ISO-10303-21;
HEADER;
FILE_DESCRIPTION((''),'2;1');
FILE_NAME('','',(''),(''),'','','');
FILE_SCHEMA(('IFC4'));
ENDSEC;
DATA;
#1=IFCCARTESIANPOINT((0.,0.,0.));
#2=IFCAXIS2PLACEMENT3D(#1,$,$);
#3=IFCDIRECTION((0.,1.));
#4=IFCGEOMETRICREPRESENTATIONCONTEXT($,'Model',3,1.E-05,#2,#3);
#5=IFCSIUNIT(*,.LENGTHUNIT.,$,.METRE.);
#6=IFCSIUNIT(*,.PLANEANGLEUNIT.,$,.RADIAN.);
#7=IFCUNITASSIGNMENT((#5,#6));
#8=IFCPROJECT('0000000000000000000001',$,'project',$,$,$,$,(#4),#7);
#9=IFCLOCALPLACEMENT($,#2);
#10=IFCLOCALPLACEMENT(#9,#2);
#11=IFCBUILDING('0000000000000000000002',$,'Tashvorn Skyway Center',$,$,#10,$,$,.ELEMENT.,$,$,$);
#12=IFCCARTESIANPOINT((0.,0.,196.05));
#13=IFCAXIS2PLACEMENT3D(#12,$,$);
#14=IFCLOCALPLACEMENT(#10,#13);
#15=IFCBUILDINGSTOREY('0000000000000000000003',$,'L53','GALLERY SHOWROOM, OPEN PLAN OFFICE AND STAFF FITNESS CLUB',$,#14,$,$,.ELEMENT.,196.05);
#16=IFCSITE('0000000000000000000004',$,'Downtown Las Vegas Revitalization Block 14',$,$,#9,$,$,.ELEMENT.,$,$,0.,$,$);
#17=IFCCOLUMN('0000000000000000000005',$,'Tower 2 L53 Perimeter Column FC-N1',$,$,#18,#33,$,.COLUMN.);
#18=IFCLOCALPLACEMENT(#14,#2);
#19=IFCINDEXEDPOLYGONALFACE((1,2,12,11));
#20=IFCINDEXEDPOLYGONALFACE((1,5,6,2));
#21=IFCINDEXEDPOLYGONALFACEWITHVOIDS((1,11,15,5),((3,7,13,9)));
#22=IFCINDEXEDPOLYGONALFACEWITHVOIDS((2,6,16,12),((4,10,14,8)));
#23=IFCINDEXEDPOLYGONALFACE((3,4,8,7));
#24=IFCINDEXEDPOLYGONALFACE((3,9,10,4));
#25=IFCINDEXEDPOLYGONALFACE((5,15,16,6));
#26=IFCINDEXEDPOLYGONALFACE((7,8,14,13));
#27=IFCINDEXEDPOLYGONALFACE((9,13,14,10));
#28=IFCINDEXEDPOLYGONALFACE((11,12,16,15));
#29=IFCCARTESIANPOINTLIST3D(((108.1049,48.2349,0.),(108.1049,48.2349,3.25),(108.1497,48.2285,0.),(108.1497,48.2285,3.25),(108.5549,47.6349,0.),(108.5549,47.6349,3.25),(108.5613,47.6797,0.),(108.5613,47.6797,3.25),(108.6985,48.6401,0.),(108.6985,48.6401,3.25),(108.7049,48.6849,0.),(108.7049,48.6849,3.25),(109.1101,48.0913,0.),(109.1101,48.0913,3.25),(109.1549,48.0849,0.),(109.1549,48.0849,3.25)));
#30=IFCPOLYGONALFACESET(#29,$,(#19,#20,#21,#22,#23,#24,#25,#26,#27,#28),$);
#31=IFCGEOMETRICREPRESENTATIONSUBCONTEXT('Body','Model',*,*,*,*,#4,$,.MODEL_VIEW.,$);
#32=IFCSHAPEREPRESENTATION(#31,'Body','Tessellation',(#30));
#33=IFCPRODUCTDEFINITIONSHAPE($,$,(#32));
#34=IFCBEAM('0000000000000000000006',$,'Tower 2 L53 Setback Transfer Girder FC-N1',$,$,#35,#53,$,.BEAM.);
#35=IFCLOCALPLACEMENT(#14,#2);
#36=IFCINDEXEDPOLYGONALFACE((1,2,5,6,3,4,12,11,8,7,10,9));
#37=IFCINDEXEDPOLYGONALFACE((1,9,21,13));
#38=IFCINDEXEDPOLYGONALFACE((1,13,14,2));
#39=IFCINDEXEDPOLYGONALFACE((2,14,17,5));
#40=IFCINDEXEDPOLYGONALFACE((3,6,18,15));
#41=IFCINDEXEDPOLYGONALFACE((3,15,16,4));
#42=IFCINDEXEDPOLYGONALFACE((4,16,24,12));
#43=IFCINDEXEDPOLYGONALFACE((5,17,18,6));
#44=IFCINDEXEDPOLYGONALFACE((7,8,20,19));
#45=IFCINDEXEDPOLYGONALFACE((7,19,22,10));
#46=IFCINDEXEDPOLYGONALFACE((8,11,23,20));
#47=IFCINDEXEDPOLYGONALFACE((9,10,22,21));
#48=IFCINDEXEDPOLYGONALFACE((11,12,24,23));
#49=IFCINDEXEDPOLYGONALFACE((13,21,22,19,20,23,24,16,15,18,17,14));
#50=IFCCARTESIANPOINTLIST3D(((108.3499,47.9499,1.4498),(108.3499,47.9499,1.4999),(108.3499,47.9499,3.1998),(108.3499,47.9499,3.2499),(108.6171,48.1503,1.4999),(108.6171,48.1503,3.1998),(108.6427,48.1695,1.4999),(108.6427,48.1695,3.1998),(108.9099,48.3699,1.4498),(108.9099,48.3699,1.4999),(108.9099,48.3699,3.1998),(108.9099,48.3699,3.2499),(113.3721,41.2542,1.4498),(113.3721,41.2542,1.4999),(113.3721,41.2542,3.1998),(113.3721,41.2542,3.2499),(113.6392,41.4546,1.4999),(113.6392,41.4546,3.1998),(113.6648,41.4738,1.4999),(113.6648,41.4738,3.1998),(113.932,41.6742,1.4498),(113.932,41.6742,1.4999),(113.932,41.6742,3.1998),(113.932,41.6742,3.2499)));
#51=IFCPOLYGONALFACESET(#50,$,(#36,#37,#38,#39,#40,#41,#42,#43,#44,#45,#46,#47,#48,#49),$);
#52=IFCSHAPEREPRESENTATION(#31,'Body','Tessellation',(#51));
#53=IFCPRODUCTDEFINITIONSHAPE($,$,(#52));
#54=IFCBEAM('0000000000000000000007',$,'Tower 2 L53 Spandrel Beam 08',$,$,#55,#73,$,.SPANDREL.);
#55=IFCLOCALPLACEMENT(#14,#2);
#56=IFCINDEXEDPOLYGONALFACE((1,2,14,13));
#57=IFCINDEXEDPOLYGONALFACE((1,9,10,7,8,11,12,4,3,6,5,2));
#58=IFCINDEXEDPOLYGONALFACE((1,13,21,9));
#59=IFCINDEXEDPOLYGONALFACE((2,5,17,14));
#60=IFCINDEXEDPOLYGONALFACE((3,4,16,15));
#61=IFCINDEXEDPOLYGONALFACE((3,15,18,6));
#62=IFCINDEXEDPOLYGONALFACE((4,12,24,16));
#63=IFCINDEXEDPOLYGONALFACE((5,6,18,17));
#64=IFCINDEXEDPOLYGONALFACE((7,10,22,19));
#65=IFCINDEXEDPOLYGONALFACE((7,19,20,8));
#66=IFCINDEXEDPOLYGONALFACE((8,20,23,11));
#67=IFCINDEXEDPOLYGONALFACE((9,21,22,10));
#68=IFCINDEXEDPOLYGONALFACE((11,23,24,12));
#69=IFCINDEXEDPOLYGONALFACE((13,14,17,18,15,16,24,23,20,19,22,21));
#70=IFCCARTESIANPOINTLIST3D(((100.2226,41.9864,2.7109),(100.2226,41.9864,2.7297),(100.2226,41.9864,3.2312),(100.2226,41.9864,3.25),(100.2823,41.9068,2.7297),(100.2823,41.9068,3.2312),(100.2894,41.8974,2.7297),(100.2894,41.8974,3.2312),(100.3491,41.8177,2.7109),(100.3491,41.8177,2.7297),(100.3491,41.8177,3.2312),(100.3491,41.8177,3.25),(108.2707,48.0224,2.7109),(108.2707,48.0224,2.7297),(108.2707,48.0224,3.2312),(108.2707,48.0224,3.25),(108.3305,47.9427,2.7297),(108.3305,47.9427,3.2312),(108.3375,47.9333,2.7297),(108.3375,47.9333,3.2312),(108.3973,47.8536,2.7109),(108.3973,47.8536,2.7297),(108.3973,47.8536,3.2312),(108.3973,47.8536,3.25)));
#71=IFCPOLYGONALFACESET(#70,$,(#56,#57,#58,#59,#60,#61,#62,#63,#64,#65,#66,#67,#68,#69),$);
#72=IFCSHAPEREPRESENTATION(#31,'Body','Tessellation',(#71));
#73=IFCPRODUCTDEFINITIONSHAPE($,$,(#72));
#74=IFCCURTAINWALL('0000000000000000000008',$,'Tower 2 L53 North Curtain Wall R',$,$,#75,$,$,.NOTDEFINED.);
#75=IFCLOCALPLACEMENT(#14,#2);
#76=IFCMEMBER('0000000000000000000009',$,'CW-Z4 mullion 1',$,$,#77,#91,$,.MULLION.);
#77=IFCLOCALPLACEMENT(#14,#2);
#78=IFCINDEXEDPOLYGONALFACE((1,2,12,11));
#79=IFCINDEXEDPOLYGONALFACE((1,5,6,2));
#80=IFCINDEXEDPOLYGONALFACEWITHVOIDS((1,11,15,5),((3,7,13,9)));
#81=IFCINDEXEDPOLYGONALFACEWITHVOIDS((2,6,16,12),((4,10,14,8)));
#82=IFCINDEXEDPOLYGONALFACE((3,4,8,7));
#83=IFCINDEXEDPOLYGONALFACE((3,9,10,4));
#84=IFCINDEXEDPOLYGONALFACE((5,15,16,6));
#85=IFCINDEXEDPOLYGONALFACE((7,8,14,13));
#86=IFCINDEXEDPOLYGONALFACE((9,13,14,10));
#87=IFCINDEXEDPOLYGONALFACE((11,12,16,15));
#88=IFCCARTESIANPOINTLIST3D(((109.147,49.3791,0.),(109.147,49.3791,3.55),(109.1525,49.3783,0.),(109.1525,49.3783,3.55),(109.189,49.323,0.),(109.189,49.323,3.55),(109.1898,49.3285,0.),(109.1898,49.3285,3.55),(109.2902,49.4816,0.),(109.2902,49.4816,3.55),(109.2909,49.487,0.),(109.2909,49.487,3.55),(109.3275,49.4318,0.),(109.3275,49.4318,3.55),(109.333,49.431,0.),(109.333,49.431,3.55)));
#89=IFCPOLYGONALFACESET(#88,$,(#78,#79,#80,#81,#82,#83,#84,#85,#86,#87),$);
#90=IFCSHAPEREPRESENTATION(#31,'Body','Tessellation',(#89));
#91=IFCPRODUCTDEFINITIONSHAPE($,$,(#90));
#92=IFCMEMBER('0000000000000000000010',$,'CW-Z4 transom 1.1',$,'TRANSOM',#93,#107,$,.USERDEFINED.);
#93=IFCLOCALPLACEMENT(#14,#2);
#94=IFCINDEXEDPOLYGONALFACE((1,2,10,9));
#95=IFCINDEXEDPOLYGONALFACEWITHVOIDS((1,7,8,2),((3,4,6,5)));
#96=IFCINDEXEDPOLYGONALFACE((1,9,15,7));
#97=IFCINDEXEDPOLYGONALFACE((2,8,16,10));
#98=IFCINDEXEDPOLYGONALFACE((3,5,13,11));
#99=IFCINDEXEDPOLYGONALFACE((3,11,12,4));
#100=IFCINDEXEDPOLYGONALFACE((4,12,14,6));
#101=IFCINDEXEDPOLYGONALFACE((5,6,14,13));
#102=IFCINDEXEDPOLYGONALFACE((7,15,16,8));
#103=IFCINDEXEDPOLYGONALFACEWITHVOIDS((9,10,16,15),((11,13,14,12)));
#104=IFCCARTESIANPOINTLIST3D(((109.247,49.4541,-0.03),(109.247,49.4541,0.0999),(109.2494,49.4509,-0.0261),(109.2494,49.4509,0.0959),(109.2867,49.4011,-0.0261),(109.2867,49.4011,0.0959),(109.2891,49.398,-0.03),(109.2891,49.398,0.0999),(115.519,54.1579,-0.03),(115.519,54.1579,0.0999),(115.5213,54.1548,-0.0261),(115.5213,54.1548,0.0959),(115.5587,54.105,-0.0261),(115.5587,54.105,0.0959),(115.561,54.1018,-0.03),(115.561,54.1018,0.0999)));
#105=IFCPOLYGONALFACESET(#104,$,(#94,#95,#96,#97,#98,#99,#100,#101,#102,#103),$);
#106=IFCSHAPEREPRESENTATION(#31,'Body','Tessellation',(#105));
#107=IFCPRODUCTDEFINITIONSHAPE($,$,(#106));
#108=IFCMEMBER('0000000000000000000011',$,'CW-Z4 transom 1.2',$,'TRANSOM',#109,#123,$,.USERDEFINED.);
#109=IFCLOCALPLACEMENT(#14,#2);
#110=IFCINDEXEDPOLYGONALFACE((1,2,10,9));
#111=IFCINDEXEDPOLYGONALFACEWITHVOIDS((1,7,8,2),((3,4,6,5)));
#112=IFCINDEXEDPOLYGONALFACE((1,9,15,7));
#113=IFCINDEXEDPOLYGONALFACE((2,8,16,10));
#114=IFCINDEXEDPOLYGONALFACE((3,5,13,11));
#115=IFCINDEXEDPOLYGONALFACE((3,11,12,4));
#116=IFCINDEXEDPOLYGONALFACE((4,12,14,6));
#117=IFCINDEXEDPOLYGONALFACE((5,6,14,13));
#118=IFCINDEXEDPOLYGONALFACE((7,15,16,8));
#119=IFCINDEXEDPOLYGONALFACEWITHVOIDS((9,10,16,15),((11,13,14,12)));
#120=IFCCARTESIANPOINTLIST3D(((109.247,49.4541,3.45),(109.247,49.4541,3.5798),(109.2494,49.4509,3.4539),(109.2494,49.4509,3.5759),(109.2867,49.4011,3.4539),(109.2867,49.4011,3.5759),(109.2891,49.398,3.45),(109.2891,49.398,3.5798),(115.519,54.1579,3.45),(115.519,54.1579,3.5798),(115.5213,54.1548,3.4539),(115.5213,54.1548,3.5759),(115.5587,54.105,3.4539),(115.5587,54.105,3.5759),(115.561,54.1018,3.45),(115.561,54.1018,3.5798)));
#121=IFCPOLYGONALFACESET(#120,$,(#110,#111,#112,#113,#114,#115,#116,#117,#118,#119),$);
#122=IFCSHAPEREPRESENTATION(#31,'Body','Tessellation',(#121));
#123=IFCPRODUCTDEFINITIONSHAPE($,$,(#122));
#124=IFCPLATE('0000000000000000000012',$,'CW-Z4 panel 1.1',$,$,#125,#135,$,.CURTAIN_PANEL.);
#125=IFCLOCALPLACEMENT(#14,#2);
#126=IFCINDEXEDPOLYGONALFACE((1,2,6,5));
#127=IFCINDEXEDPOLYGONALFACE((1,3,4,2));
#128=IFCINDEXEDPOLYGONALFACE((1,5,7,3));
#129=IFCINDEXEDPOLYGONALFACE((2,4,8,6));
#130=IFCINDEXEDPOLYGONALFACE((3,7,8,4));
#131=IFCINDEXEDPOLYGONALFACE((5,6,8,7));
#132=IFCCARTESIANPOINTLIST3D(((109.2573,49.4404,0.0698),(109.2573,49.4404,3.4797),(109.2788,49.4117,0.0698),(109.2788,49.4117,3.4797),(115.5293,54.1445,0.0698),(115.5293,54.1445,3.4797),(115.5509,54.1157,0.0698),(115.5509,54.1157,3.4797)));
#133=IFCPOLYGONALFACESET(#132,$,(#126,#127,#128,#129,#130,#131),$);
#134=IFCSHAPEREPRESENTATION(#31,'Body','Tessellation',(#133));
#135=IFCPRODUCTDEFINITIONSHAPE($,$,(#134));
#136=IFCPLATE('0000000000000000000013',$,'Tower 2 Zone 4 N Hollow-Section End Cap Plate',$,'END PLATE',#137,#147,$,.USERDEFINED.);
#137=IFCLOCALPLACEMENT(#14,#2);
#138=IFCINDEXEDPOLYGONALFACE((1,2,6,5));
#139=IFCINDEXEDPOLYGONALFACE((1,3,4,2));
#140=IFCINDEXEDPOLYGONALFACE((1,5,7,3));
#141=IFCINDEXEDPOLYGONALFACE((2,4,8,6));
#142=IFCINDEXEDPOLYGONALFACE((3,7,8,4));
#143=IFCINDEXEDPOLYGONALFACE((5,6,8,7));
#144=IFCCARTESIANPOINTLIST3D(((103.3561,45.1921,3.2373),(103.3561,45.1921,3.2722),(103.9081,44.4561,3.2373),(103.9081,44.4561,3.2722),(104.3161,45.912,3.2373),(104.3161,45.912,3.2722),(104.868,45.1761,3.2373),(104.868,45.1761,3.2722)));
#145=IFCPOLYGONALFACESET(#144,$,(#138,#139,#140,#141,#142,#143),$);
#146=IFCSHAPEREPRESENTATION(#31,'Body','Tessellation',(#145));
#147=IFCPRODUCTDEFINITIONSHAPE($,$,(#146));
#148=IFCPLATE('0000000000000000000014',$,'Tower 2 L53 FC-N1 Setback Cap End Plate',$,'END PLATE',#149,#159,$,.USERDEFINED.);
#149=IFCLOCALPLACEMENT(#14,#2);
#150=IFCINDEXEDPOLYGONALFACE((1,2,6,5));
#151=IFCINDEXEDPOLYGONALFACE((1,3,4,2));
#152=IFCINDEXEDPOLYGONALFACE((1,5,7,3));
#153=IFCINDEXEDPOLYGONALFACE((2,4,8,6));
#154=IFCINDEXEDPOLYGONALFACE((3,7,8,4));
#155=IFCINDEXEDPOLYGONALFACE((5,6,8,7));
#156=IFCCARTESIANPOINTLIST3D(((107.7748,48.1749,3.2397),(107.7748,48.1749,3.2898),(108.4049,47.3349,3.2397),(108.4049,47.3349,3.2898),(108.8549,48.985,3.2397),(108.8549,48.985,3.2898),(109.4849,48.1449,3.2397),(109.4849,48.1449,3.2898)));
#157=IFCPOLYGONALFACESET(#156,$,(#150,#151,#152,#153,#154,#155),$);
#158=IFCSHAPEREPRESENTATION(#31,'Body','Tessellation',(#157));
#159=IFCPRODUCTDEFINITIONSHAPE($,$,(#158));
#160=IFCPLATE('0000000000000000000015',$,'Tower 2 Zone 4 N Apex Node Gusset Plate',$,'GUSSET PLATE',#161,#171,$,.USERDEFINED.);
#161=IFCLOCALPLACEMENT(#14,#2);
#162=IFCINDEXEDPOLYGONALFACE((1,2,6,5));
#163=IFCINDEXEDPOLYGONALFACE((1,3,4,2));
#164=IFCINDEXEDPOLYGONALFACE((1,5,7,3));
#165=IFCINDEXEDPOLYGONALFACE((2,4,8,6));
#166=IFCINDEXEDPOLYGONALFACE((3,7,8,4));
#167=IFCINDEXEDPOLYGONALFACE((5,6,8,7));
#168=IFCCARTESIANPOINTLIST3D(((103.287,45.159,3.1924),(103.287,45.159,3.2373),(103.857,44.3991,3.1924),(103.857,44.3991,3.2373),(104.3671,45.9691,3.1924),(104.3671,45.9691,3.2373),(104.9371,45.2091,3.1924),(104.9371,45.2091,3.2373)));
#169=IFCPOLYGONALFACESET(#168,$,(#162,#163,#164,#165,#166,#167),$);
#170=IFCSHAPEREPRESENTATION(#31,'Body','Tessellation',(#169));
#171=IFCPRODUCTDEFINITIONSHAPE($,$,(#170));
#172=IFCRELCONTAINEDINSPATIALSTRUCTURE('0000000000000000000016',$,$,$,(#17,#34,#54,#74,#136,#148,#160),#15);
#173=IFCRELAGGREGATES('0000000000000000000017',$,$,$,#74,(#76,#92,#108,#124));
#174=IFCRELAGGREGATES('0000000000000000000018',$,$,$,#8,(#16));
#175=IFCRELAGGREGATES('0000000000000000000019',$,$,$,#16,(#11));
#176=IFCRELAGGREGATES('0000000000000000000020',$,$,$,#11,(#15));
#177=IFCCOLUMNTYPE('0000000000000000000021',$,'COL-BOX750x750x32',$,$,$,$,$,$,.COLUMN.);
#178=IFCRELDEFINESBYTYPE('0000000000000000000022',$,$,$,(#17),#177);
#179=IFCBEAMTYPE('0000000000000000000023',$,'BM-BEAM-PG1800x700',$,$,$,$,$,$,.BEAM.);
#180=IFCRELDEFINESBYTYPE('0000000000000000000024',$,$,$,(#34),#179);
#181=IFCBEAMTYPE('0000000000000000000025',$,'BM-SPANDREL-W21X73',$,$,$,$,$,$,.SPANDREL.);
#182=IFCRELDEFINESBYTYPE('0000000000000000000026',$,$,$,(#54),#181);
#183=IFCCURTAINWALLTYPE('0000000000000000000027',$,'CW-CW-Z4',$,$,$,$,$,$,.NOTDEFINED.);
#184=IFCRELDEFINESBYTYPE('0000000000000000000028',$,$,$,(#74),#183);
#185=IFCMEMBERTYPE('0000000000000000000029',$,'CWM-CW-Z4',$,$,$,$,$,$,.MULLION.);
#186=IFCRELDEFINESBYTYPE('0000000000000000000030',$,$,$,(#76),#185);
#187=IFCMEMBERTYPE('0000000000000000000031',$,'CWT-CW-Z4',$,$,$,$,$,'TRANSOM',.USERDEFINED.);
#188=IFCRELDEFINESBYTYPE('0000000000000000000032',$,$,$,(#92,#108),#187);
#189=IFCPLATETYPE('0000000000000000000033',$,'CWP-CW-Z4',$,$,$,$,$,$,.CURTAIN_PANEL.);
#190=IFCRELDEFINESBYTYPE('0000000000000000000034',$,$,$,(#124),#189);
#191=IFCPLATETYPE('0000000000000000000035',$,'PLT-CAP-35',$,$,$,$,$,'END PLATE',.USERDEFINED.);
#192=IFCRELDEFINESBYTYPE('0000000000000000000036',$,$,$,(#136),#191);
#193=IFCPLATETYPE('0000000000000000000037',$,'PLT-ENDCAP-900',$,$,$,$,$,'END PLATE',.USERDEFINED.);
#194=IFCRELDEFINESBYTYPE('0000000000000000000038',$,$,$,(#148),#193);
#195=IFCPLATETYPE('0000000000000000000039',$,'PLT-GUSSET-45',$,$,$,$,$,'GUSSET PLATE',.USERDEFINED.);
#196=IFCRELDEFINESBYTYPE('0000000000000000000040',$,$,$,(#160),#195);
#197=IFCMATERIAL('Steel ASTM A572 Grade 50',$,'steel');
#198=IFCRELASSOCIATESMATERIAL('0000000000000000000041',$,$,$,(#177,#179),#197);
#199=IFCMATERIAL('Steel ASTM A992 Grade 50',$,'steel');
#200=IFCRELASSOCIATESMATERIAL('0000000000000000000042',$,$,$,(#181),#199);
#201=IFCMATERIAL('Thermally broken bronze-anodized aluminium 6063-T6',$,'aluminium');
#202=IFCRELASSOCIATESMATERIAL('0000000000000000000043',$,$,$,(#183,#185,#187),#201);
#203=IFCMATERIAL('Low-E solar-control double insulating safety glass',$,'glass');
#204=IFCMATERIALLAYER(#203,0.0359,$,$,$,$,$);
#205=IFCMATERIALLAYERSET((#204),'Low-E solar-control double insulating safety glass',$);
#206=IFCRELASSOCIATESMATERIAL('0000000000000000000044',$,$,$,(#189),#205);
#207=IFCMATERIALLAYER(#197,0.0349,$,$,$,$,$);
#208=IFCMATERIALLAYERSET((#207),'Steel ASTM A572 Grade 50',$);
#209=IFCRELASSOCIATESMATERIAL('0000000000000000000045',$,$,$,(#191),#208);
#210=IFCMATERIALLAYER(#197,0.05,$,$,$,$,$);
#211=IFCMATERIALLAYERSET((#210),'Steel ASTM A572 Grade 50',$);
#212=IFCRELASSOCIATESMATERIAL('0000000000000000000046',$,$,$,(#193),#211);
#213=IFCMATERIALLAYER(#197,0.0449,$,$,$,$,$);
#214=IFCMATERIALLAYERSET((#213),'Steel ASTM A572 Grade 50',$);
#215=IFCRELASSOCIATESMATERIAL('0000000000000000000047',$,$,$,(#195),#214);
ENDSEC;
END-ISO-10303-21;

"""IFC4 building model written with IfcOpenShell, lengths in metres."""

from ifc_helpers import new_model, si_unit, direction, frame, origin, origin_2d, place, context, subcontext, project, spatial, rectangle, hollow_rectangle, i_section, extrude, material, layer, layer_set, material_profile, profile_set, type_object, element, aggregate, save


model = new_model("IFC4")

# Units and contexts
model_context = context("Model", 3, precision=1e-05, world=origin(), true_north=direction((0.0, 1.0)))
body_context = subcontext(model_context, "Body", "Model", "MODEL_VIEW")
ifc_project = project(units=[si_unit("LENGTHUNIT", "METRE"), si_unit("PLANEANGLEUNIT", "RADIAN")], contexts=[model_context])

# Site, building, storey
site_placement = place(None, origin())
site = spatial("IfcSite", under=ifc_project, at=site_placement, Name="Downtown Las Vegas Revitalization Block 14", CompositionType="ELEMENT", RefElevation=0.0)
building_placement = place(site_placement, origin())
building = spatial("IfcBuilding", under=site, at=building_placement, Name="Tashvorn Skyway Center", CompositionType="ELEMENT")
storey_placement = place(building_placement, frame((0.0, 0.0, 196.05)))
storey = spatial("IfcBuildingStorey", under=building, at=storey_placement, Name="L53", Description="GALLERY SHOWROOM, OPEN PLAN OFFICE AND STAFF FITNESS CLUB", CompositionType="ELEMENT", Elevation=196.05)

# Column
ifc_material_1 = material(Name="Steel ASTM A572 Grade 50", Category="steel")
ifc_material_profile_1 = material_profile(ifc_material_1, hollow_rectangle(XDim=0.75, YDim=0.75, WallThickness=0.032, at=origin_2d()), Name="BOX750x750x32")
ifc_profile_set_1 = profile_set([ifc_material_profile_1], Name="Steel ASTM A572 Grade 50")
column_type = type_object("IfcColumnType", Name="COL-BOX750x750x32", PredefinedType="COLUMN", material=ifc_profile_set_1)
column_placement = place(storey_placement, frame((108.6299, 48.1599, 0.0), z_axis=(0.0, 0.0, 1.0), x_axis=(0.8, 0.6, 0.0)))
element("IfcColumn", 1, at=column_placement, inside=storey, type_object=column_type, Name="Tower 2 L53 Perimeter Column FC-N1", PredefinedType="COLUMN", context=body_context, shape_type="SweptSolid", body=[
    extrude(hollow_rectangle(XDim=0.75, YDim=0.75, WallThickness=0.032, at=origin_2d()), origin(), (0.0, 0.0, 1.0), 3.25),
])

# Beams
ifc_material_profile_2 = material_profile(ifc_material_1, i_section(OverallWidth=0.7, OverallDepth=1.8, WebThickness=0.032, FlangeThickness=0.05, at=origin_2d()), Name="PG1800x700")
ifc_profile_set_2 = profile_set([ifc_material_profile_2], Name="Steel ASTM A572 Grade 50")
beam_type_1 = type_object("IfcBeamType", Name="BM-BEAM-PG1800x700", PredefinedType="BEAM", material=ifc_profile_set_2)
beam_1_placement = place(storey_placement, frame((108.6299, 48.1599, 2.3499), z_axis=(0.600028, -0.799979, 0.0), x_axis=(0.799979, 0.600028, 0.0)))
element("IfcBeam", 2, at=beam_1_placement, inside=storey, type_object=beam_type_1, Name="Tower 2 L53 Setback Transfer Girder FC-N1", PredefinedType="BEAM", context=body_context, shape_type="SweptSolid", body=[
    extrude(i_section(OverallWidth=0.7, OverallDepth=1.8, WebThickness=0.032, FlangeThickness=0.05, at=origin_2d()), origin(), (0.0, 0.0, 1.0), 8.3699),
])
ifc_material_2 = material(Name="Steel ASTM A992 Grade 50", Category="steel")
ifc_material_profile_3 = material_profile(ifc_material_2, i_section(OverallWidth=0.2109, OverallDepth=0.5391, WebThickness=0.0117, FlangeThickness=0.0188, at=origin_2d()), Name="W21X73")
ifc_profile_set_3 = profile_set([ifc_material_profile_3], Name="Steel ASTM A992 Grade 50")
beam_type_2 = type_object("IfcBeamType", Name="BM-SPANDREL-W21X73", PredefinedType="SPANDREL", material=ifc_profile_set_3)
beam_2_placement = place(storey_placement, frame((108.334, 47.938, 2.9805), z_axis=(-0.800009, -0.599988, 0.0), x_axis=(0.599988, -0.800009, 0.0)))
element("IfcBeam", 3, at=beam_2_placement, inside=storey, type_object=beam_type_2, Name="Tower 2 L53 Spandrel Beam 08", PredefinedType="SPANDREL", context=body_context, shape_type="SweptSolid", body=[
    extrude(i_section(OverallWidth=0.2109, OverallDepth=0.5391, WebThickness=0.0117, FlangeThickness=0.0188, at=origin_2d()), origin(), (0.0, 0.0, 1.0), 10.0601),
])

# Curtain wall, members, plate
ifc_material_3 = material(Name="Thermally broken bronze-anodized aluminium 6063-T6", Category="aluminium")
curtain_wall_type = type_object("IfcCurtainWallType", Name="CW-CW-Z4", PredefinedType="NOTDEFINED", material=ifc_material_3)
curtain_wall_placement = place(storey_placement, origin())
curtain_wall = element("IfcCurtainWall", 4, at=curtain_wall_placement, inside=storey, type_object=curtain_wall_type, Name="Tower 2 L53 North Curtain Wall R", PredefinedType="NOTDEFINED")
ifc_material_profile_4 = material_profile(ifc_material_3, hollow_rectangle(XDim=0.0701, YDim=0.1799, WallThickness=0.0039, at=origin_2d()), Name="ALU-MULL-70x180")
ifc_profile_set_4 = profile_set([ifc_material_profile_4], Name="Thermally broken bronze-anodized aluminium 6063-T6")
member_type_1 = type_object("IfcMemberType", Name="CWM-CW-Z4", PredefinedType="MULLION", material=ifc_profile_set_4)
member_1_placement = place(storey_placement, frame((109.24, 49.405, 0.0), z_axis=(0.0, 0.0, 1.0), x_axis=(-0.6, 0.8, 0.0)))
member_1 = element("IfcMember", 5, at=member_1_placement, type_object=member_type_1, Name="CW-Z4 mullion 1", PredefinedType="MULLION", context=body_context, shape_type="SweptSolid", body=[
    extrude(hollow_rectangle(XDim=0.0701, YDim=0.1799, WallThickness=0.0039, at=origin_2d()), origin(), (0.0, 0.0, 1.0), 3.55),
])
ifc_material_profile_5 = material_profile(ifc_material_3, hollow_rectangle(XDim=0.0701, YDim=0.1299, WallThickness=0.0039, at=origin_2d()), Name="ALU-TRAN-70x130")
ifc_profile_set_5 = profile_set([ifc_material_profile_5], Name="Thermally broken bronze-anodized aluminium 6063-T6")
member_type_2 = type_object("IfcMemberType", Name="CWT-CW-Z4", ElementType="TRANSOM", PredefinedType="USERDEFINED", material=ifc_profile_set_5)
member_2_placement = place(storey_placement, frame((109.2681, 49.426, 0.0349), z_axis=(0.800007, 0.59999, 0.0), x_axis=(-0.59999, 0.800007, 0.0)))
member_2 = element("IfcMember", 6, at=member_2_placement, type_object=member_type_2, Name="CW-Z4 transom 1.1", ObjectType="TRANSOM", PredefinedType="USERDEFINED", context=body_context, shape_type="SweptSolid", body=[
    extrude(hollow_rectangle(XDim=0.0701, YDim=0.1299, WallThickness=0.0039, at=origin_2d()), origin(), (0.0, 0.0, 1.0), 7.8398),
])
member_3_placement = place(storey_placement, frame((109.2681, 49.426, 3.5149), z_axis=(0.800007, 0.59999, 0.0), x_axis=(-0.59999, 0.800007, 0.0)))
member_3 = element("IfcMember", 7, at=member_3_placement, type_object=member_type_2, Name="CW-Z4 transom 1.2", ObjectType="TRANSOM", PredefinedType="USERDEFINED", context=body_context, shape_type="SweptSolid", body=[
    extrude(hollow_rectangle(XDim=0.0701, YDim=0.1299, WallThickness=0.0039, at=origin_2d()), origin(), (0.0, 0.0, 1.0), 7.8398),
])
ifc_material_4 = material(Name="Low-E solar-control double insulating safety glass", Category="glass")
ifc_layer_1 = layer(ifc_material_4, 0.0359)
ifc_layer_set_1 = layer_set([ifc_layer_1], Name="Low-E solar-control double insulating safety glass")
plate_type_1 = type_object("IfcPlateType", Name="CWP-CW-Z4", PredefinedType="CURTAIN_PANEL", material=ifc_layer_set_1)
plate_1_placement = place(storey_placement, frame((112.4041, 51.7781, 0.0698), z_axis=(0.0, 0.0, 1.0), x_axis=(0.8, 0.6, 0.0)))
plate_1 = element("IfcPlate", 8, at=plate_1_placement, type_object=plate_type_1, Name="CW-Z4 panel 1.1", PredefinedType="CURTAIN_PANEL", context=body_context, shape_type="SweptSolid", body=[
    extrude(rectangle(XDim=7.8401, YDim=0.0359, at=origin_2d()), origin(), (0.0, 0.0, 1.0), 3.4099),
])
aggregate(curtain_wall, [member_1, member_2, member_3, plate_1])

# Plates
ifc_layer_2 = layer(ifc_material_1, 0.0349)
ifc_layer_set_2 = layer_set([ifc_layer_2], Name="Steel ASTM A572 Grade 50")
plate_type_2 = type_object("IfcPlateType", Name="PLT-CAP-35", ElementType="END PLATE", PredefinedType="USERDEFINED", material=ifc_layer_set_2)
plate_2_placement = place(storey_placement, frame((104.1121, 45.1841, 3.2373), z_axis=(0.0, 0.0, 1.0), x_axis=(-0.8, -0.6, 0.0)))
element("IfcPlate", 9, at=plate_2_placement, inside=storey, type_object=plate_type_2, Name="Tower 2 Zone 4 N Hollow-Section End Cap Plate", ObjectType="END PLATE", PredefinedType="USERDEFINED", context=body_context, shape_type="SweptSolid", body=[
    extrude(rectangle(XDim=1.2, YDim=0.9199, at=origin_2d()), origin(), (0.0, 0.0, 1.0), 0.0349),
])
ifc_layer_3 = layer(ifc_material_1, 0.05)
ifc_layer_set_3 = layer_set([ifc_layer_3], Name="Steel ASTM A572 Grade 50")
plate_type_3 = type_object("IfcPlateType", Name="PLT-ENDCAP-900", ElementType="END PLATE", PredefinedType="USERDEFINED", material=ifc_layer_set_3)
plate_3_placement = place(storey_placement, frame((108.6299, 48.1599, 3.2397), z_axis=(0.0, 0.0, 1.0), x_axis=(0.8, 0.6, 0.0)))
element("IfcPlate", 10, at=plate_3_placement, inside=storey, type_object=plate_type_3, Name="Tower 2 L53 FC-N1 Setback Cap End Plate", ObjectType="END PLATE", PredefinedType="USERDEFINED", context=body_context, shape_type="SweptSolid", body=[
    extrude(rectangle(XDim=1.3501, YDim=1.05, at=origin_2d()), origin(), (0.0, 0.0, 1.0), 0.05),
])
ifc_layer_4 = layer(ifc_material_1, 0.0449)
ifc_layer_set_4 = layer_set([ifc_layer_4], Name="Steel ASTM A572 Grade 50")
plate_type_4 = type_object("IfcPlateType", Name="PLT-GUSSET-45", ElementType="GUSSET PLATE", PredefinedType="USERDEFINED", material=ifc_layer_set_4)
plate_4_placement = place(storey_placement, frame((104.1121, 45.1841, 3.1924), z_axis=(0.0, 0.0, 1.0), x_axis=(-0.8, -0.6, 0.0)))
element("IfcPlate", 11, at=plate_4_placement, inside=storey, type_object=plate_type_4, Name="Tower 2 Zone 4 N Apex Node Gusset Plate", ObjectType="GUSSET PLATE", PredefinedType="USERDEFINED", context=body_context, shape_type="SweptSolid", body=[
    extrude(rectangle(XDim=1.3501, YDim=0.95, at=origin_2d()), origin(), (0.0, 0.0, 1.0), 0.0449),
])

save(model, "model.ifc")
